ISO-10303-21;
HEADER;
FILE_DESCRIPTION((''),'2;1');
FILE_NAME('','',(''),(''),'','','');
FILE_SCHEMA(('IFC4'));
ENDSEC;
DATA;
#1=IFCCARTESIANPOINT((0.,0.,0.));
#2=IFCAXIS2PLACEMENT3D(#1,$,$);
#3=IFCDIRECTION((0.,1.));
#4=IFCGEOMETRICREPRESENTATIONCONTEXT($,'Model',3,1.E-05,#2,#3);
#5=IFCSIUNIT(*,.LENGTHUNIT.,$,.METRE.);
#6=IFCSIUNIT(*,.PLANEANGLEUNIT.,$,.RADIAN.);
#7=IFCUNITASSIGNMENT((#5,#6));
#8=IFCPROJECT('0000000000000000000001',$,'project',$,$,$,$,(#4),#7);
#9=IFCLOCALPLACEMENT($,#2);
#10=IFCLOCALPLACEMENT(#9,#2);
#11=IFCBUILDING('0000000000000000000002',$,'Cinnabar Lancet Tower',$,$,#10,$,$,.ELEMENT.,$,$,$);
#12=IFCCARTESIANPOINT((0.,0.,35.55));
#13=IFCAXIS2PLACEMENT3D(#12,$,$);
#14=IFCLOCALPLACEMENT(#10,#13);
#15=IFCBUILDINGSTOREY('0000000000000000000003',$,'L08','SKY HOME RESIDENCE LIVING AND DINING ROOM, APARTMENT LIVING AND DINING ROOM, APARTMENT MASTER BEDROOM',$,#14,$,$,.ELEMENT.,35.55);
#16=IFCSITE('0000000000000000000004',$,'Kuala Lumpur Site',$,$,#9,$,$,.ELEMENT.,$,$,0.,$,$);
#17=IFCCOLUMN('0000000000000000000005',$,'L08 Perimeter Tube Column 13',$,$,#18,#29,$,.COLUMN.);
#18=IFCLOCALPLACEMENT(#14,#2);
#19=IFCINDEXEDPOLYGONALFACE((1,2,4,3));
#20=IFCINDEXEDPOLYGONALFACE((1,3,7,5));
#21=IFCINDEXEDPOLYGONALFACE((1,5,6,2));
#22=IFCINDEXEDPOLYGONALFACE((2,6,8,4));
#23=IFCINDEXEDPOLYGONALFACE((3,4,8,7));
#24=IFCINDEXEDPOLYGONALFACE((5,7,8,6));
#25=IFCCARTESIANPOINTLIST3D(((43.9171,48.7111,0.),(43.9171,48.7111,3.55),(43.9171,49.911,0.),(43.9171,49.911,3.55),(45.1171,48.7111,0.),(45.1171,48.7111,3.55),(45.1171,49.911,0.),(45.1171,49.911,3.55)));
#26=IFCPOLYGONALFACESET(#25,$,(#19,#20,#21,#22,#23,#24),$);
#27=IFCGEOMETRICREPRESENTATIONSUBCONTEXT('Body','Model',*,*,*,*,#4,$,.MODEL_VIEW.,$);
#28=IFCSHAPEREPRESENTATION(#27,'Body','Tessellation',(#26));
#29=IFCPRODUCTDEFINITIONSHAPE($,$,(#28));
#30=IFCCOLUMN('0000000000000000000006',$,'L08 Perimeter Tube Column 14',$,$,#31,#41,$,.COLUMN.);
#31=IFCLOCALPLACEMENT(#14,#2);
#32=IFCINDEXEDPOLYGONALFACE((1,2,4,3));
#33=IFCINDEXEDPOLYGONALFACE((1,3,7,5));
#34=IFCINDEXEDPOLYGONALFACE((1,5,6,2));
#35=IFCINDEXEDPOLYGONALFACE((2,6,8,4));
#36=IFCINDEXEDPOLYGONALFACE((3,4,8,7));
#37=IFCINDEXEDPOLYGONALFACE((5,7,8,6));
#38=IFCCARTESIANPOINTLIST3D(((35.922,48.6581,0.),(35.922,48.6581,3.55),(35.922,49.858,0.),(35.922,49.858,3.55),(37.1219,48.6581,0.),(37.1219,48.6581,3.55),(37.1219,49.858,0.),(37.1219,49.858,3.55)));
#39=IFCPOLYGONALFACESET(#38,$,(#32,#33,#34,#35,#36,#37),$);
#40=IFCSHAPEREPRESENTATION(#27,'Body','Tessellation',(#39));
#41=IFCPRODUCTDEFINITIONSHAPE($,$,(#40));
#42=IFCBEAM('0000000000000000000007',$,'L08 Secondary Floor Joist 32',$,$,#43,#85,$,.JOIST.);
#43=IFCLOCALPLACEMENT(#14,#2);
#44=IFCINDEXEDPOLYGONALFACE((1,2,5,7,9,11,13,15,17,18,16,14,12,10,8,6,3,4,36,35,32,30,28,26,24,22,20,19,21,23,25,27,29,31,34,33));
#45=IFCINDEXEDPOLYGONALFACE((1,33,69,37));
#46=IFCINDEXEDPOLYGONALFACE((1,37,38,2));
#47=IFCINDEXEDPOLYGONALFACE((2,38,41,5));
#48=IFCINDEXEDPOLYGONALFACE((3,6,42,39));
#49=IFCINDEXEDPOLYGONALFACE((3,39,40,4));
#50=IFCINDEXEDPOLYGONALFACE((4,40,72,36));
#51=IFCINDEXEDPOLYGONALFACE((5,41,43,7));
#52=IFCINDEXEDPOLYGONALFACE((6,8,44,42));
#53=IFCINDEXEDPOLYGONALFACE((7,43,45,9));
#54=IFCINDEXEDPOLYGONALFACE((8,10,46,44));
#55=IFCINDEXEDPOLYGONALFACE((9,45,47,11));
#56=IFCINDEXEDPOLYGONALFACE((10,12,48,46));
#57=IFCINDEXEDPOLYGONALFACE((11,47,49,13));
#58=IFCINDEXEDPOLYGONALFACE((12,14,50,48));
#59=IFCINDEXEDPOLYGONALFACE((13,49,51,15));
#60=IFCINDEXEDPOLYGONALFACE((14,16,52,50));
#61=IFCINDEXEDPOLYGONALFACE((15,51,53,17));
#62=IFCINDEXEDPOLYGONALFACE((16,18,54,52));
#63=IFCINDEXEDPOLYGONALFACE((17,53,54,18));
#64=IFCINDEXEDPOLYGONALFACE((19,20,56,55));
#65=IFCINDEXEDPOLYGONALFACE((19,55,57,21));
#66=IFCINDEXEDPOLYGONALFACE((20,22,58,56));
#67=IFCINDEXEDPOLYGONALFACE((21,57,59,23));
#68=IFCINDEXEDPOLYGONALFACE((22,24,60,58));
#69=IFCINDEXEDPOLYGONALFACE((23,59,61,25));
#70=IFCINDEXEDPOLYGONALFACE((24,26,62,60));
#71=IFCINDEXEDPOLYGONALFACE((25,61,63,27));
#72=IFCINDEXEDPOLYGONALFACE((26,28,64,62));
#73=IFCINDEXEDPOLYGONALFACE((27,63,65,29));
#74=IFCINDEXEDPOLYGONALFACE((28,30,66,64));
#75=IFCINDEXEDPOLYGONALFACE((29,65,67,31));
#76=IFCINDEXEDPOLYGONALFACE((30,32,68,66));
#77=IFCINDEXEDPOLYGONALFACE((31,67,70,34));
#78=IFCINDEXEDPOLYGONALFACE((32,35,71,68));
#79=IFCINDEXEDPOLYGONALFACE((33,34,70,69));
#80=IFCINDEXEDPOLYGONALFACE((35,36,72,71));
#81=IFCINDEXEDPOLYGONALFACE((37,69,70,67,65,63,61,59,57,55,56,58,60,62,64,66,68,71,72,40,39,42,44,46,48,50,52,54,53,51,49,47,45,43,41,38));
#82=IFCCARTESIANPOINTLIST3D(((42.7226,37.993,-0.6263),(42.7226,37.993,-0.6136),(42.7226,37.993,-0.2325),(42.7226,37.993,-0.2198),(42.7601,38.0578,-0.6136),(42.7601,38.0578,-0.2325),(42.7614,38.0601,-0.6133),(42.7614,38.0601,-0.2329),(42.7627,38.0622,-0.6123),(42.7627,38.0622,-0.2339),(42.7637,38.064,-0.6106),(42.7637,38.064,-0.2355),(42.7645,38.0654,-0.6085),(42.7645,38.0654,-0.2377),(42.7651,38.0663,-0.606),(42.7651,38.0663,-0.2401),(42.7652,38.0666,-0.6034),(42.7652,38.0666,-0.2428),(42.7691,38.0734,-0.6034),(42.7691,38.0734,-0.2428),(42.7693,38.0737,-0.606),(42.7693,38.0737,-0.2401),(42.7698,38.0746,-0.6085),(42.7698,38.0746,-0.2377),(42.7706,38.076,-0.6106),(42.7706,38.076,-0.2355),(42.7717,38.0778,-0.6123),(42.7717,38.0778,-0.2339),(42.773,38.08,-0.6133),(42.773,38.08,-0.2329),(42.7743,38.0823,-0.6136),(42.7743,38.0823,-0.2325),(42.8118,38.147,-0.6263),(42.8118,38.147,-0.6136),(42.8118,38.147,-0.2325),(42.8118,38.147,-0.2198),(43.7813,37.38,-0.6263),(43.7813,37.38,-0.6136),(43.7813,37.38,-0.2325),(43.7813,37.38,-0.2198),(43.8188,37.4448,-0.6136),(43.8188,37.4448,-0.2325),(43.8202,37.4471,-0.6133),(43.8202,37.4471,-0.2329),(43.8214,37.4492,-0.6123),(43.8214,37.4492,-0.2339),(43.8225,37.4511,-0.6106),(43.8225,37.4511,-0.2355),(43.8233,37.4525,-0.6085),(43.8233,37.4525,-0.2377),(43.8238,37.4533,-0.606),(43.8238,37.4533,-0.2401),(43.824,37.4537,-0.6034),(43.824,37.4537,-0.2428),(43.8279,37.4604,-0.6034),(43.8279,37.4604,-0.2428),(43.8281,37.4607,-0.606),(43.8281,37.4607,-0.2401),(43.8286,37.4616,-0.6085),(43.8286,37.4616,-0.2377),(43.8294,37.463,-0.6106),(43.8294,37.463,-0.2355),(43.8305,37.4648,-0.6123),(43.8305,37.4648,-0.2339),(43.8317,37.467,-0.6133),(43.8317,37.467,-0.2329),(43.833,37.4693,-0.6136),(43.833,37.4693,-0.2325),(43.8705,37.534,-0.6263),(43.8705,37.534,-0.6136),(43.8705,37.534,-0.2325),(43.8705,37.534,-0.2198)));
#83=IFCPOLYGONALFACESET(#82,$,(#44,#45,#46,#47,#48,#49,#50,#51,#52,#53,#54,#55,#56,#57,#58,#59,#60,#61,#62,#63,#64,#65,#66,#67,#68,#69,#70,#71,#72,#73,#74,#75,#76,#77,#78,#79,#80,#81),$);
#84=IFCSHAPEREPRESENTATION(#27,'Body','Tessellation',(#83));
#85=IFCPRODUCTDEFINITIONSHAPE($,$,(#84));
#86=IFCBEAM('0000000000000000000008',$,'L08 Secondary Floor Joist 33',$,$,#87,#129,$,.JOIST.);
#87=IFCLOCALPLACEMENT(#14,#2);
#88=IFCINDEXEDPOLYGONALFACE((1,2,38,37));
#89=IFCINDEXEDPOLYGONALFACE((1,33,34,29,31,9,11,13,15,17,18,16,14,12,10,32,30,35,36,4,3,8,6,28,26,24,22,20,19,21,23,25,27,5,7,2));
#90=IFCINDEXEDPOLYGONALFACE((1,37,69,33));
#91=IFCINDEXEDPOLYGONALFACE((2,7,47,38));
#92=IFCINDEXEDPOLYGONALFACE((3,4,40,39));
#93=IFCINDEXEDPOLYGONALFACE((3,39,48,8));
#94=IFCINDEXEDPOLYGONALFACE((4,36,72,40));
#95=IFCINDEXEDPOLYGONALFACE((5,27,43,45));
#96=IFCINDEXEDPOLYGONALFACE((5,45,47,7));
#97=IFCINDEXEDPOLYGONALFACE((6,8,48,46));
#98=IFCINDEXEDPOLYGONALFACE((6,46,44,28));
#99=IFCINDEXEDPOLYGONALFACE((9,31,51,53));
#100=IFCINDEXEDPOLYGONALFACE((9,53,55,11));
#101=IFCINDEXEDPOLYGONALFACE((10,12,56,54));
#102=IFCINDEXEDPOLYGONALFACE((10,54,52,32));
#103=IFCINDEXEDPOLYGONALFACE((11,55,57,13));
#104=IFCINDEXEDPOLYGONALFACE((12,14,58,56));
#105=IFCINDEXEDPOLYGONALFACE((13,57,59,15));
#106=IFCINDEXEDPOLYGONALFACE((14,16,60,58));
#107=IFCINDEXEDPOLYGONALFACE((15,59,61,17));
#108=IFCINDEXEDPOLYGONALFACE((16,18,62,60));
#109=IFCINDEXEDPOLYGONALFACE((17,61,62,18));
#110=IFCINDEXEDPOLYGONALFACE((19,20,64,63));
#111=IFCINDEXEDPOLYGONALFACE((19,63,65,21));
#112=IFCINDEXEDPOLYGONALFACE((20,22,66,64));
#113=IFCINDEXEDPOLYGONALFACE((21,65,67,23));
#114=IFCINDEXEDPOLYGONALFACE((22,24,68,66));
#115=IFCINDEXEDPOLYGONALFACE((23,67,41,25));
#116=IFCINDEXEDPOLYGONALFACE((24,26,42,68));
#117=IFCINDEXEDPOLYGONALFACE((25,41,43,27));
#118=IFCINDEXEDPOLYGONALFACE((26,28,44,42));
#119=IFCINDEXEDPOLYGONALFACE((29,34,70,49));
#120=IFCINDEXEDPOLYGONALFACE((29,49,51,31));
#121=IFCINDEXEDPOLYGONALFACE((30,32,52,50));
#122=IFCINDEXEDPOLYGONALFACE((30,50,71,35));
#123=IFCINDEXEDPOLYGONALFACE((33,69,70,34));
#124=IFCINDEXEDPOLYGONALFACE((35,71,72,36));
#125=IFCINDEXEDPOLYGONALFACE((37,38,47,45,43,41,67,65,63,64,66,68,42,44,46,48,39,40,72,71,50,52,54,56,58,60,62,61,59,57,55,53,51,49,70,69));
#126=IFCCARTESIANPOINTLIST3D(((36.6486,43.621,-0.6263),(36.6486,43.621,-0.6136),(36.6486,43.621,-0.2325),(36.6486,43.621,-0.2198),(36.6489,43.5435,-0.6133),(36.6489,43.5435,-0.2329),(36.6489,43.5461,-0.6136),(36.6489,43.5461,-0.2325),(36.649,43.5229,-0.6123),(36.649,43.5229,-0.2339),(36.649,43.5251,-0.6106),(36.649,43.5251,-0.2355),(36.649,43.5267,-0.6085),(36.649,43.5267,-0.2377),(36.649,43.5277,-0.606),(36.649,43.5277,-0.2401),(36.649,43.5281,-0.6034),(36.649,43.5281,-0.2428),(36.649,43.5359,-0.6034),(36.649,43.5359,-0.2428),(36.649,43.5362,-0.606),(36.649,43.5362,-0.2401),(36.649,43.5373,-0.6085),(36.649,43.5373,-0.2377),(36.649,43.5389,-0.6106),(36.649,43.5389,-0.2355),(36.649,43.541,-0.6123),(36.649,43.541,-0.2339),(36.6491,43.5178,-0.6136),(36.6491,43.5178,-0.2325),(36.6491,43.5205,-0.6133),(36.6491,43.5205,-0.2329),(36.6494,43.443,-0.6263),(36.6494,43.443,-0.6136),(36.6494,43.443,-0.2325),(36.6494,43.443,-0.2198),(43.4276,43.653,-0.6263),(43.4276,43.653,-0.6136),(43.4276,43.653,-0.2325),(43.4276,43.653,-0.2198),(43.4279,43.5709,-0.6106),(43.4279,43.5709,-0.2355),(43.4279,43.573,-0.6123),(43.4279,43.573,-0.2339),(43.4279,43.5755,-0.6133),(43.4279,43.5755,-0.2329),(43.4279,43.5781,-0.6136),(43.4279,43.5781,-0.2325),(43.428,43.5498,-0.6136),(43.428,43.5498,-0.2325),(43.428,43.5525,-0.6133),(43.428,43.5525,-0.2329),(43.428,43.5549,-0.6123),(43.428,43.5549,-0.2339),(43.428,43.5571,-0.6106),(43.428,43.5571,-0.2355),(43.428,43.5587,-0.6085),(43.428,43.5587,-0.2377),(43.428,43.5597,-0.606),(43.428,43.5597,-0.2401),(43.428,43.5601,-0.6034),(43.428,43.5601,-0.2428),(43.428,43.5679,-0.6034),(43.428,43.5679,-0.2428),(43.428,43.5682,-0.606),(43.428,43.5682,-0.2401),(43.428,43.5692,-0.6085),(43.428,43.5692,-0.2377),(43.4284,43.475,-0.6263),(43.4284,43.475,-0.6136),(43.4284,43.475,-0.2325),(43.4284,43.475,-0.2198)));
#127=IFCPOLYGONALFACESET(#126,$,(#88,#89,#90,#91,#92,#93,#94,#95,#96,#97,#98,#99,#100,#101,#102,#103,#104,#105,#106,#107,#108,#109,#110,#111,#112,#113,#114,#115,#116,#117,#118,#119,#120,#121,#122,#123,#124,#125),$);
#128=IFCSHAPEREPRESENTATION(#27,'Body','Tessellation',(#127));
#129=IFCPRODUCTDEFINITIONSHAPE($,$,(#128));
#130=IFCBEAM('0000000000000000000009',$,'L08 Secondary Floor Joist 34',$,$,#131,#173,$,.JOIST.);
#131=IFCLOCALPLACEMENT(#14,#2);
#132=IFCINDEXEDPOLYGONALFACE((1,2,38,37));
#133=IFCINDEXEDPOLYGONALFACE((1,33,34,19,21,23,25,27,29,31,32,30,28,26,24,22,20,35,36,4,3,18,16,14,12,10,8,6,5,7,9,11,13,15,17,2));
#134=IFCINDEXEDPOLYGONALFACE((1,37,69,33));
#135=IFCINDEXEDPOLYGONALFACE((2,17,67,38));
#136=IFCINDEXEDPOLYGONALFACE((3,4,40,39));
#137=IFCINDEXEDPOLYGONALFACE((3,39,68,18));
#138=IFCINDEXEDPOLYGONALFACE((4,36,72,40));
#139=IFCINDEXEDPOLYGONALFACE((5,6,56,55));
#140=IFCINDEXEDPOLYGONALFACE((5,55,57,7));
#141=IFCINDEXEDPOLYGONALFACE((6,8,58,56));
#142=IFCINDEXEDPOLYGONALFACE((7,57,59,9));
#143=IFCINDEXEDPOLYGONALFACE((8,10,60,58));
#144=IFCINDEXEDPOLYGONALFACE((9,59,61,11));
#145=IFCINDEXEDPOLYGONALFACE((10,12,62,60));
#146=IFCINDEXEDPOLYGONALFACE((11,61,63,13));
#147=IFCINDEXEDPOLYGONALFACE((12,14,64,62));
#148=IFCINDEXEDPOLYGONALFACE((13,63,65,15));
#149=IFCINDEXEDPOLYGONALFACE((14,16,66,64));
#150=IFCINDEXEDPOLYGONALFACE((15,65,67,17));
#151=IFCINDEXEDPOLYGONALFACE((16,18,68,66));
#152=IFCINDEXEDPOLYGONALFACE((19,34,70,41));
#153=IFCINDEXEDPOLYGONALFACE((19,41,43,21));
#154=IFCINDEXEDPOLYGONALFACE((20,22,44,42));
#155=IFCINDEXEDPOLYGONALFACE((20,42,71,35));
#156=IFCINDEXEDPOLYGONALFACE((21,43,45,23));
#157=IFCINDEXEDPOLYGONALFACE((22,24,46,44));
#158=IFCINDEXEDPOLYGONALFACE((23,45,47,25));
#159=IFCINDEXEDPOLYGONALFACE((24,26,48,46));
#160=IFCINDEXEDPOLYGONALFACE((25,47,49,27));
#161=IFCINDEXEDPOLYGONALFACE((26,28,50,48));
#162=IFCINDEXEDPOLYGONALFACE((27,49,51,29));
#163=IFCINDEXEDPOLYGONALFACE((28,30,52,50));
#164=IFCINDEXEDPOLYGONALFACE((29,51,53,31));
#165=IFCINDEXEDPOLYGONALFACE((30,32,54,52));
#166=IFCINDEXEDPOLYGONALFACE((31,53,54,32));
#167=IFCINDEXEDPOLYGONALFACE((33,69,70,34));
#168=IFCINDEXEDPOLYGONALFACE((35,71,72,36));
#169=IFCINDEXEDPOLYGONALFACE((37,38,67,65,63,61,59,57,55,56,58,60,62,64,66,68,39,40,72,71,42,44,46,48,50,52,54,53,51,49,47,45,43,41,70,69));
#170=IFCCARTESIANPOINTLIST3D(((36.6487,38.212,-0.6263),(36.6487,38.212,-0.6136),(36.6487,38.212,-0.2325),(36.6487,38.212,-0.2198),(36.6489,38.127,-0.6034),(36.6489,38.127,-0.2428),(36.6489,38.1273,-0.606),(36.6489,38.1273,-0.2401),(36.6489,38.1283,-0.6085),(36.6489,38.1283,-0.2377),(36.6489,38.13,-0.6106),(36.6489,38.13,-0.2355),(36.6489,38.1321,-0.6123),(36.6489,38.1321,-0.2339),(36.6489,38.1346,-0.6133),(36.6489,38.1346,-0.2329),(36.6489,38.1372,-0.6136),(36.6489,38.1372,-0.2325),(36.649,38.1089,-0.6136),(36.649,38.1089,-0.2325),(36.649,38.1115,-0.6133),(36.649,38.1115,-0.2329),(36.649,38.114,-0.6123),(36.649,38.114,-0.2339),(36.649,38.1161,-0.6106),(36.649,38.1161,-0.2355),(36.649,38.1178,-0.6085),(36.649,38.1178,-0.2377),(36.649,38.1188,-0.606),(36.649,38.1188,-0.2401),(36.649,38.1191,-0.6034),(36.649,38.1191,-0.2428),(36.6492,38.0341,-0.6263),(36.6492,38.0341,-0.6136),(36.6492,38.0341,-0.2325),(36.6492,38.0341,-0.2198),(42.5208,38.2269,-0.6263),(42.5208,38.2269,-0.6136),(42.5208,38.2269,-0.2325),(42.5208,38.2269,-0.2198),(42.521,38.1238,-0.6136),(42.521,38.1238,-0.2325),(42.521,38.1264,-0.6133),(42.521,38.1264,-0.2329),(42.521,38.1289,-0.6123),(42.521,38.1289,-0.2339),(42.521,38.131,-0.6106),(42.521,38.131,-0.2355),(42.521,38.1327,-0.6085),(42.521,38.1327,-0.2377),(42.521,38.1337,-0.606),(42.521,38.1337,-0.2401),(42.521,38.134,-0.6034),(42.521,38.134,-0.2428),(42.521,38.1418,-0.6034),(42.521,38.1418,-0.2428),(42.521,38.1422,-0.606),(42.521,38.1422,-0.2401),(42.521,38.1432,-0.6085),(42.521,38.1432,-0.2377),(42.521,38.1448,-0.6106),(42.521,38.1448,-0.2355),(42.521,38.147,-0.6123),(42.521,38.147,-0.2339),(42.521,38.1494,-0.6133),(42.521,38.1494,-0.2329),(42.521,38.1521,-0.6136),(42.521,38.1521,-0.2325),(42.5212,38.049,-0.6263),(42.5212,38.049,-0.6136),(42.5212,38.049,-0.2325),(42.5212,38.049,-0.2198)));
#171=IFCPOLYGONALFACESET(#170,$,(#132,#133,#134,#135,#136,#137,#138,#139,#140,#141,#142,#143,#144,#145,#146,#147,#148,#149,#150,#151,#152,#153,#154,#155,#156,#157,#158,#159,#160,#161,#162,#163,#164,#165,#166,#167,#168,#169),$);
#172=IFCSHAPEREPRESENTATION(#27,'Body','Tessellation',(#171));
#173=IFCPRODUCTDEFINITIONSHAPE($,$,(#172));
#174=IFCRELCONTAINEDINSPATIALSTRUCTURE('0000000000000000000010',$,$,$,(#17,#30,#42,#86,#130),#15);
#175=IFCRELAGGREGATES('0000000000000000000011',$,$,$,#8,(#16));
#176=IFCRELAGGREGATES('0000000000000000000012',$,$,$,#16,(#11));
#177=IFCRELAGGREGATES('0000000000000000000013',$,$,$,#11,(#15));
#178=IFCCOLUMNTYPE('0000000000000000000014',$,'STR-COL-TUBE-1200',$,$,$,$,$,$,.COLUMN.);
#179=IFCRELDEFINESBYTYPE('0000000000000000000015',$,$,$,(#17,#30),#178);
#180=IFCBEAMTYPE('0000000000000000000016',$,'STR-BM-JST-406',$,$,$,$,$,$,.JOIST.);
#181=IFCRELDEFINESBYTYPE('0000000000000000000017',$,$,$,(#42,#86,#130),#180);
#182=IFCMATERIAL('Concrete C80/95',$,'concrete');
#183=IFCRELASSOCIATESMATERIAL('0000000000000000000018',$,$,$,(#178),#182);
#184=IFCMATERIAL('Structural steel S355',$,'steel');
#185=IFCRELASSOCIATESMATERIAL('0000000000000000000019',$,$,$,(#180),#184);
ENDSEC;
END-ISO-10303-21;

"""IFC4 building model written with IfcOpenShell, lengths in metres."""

from ifc_helpers import new_model, si_unit, direction, frame, origin, origin_2d, place, context, subcontext, project, spatial, rectangle, i_section, extrude, material, material_profile, profile_set, type_object, element, save


model = new_model("IFC4")

# Units and contexts
model_context = context("Model", 3, precision=1e-05, world=origin(), true_north=direction((0.0, 1.0)))
body_context = subcontext(model_context, "Body", "Model", "MODEL_VIEW")
ifc_project = project(units=[si_unit("LENGTHUNIT", "METRE"), si_unit("PLANEANGLEUNIT", "RADIAN")], contexts=[model_context])

# Site, building, storey
site_placement = place(None, origin())
site = spatial("IfcSite", under=ifc_project, at=site_placement, Name="Kuala Lumpur Site", CompositionType="ELEMENT", RefElevation=0.0)
building_placement = place(site_placement, origin())
building = spatial("IfcBuilding", under=site, at=building_placement, Name="Cinnabar Lancet Tower", CompositionType="ELEMENT")
storey_placement = place(building_placement, frame((0.0, 0.0, 35.55)))
storey = spatial("IfcBuildingStorey", under=building, at=storey_placement, Name="L08", Description="SKY HOME RESIDENCE LIVING AND DINING ROOM, APARTMENT LIVING AND DINING ROOM, APARTMENT MASTER BEDROOM", CompositionType="ELEMENT", Elevation=35.55)

# Columns
ifc_material_1 = material(Name="Concrete C80/95", Category="concrete")
ifc_material_profile_1 = material_profile(ifc_material_1, rectangle(XDim=1.2, YDim=1.2, at=origin_2d()), Name="RC-COL 1200x1200")
ifc_profile_set_1 = profile_set([ifc_material_profile_1], Name="Concrete C80/95")
column_type = type_object("IfcColumnType", Name="STR-COL-TUBE-1200", PredefinedType="COLUMN", material=ifc_profile_set_1)
for number, where, z_axis, x_axis, name in (
    (1, (44.5171, 49.311, 0.0), (0.0, 0.0, 1.0), (1.0, 0.0, 0.0), "L08 Perimeter Tube Column 13"),
    (2, (36.522, 49.2581, 0.0), (0.0, 0.0, 1.0), (1.0, 0.0, 0.0), "L08 Perimeter Tube Column 14"),
):
    element("IfcColumn", number, at=place(storey_placement, frame(where, z_axis=z_axis, x_axis=x_axis)), inside=storey, type_object=column_type, Name=name, PredefinedType="COLUMN", context=body_context, shape_type="SweptSolid", body=[
        extrude(rectangle(XDim=1.2, YDim=1.2, at=origin_2d()), origin(), (0.0, 0.0, 1.0), 3.55),
    ])

# Beams
ifc_material_2 = material(Name="Structural steel S355", Category="steel")
ifc_material_profile_2 = material_profile(ifc_material_2, i_section(OverallWidth=0.178, OverallDepth=0.4065, WebThickness=0.0078, FlangeThickness=0.0127, FilletRadius=0.0103, at=origin_2d()), Name="UKB 406x178x60")
ifc_profile_set_2 = profile_set([ifc_material_profile_2], Name="Structural steel S355")
beam_type_1 = type_object("IfcBeamType", Name="STR-BM-JST-406", PredefinedType="JOIST", material=ifc_profile_set_2)
beam_1_placement = place(storey_placement, frame((43.8259, 37.457, -0.4231), z_axis=(-0.865417, 0.501052, 0.0), x_axis=(-0.501052, -0.865417, 0.0)))
element("IfcBeam", 3, at=beam_1_placement, inside=storey, type_object=beam_type_1, Name="L08 Secondary Floor Joist 32", PredefinedType="JOIST", context=body_context, shape_type="SweptSolid", body=[
    extrude(i_section(OverallWidth=0.178, OverallDepth=0.4065, WebThickness=0.0078, FlangeThickness=0.0127, FilletRadius=0.0103, at=origin_2d()), origin(), (0.0, 0.0, 1.0), 1.2234),
])
beam_2_placement = place(storey_placement, frame((43.428, 43.564, -0.4231), z_axis=(-0.999989, -0.004718, 0.0), x_axis=(0.004718, -0.999989, 0.0)))
element("IfcBeam", 4, at=beam_2_placement, inside=storey, type_object=beam_type_1, Name="L08 Secondary Floor Joist 33", PredefinedType="JOIST", context=body_context, shape_type="SweptSolid", body=[
    extrude(i_section(OverallWidth=0.178, OverallDepth=0.4065, WebThickness=0.0078, FlangeThickness=0.0127, FilletRadius=0.0103, at=origin_2d()), origin(), (0.0, 0.0, 1.0), 6.7791),
])
beam_3_placement = place(storey_placement, frame((42.521, 38.1379, -0.4231), z_axis=(-0.999997, -0.002536, 0.0), x_axis=(0.002536, -0.999997, 0.0)))
element("IfcBeam", 5, at=beam_3_placement, inside=storey, type_object=beam_type_1, Name="L08 Secondary Floor Joist 34", PredefinedType="JOIST", context=body_context, shape_type="SweptSolid", body=[
    extrude(i_section(OverallWidth=0.178, OverallDepth=0.4065, WebThickness=0.0078, FlangeThickness=0.0127, FilletRadius=0.0103, at=origin_2d()), origin(), (0.0, 0.0, 1.0), 5.8721),
])

save(model, "model.ifc")
